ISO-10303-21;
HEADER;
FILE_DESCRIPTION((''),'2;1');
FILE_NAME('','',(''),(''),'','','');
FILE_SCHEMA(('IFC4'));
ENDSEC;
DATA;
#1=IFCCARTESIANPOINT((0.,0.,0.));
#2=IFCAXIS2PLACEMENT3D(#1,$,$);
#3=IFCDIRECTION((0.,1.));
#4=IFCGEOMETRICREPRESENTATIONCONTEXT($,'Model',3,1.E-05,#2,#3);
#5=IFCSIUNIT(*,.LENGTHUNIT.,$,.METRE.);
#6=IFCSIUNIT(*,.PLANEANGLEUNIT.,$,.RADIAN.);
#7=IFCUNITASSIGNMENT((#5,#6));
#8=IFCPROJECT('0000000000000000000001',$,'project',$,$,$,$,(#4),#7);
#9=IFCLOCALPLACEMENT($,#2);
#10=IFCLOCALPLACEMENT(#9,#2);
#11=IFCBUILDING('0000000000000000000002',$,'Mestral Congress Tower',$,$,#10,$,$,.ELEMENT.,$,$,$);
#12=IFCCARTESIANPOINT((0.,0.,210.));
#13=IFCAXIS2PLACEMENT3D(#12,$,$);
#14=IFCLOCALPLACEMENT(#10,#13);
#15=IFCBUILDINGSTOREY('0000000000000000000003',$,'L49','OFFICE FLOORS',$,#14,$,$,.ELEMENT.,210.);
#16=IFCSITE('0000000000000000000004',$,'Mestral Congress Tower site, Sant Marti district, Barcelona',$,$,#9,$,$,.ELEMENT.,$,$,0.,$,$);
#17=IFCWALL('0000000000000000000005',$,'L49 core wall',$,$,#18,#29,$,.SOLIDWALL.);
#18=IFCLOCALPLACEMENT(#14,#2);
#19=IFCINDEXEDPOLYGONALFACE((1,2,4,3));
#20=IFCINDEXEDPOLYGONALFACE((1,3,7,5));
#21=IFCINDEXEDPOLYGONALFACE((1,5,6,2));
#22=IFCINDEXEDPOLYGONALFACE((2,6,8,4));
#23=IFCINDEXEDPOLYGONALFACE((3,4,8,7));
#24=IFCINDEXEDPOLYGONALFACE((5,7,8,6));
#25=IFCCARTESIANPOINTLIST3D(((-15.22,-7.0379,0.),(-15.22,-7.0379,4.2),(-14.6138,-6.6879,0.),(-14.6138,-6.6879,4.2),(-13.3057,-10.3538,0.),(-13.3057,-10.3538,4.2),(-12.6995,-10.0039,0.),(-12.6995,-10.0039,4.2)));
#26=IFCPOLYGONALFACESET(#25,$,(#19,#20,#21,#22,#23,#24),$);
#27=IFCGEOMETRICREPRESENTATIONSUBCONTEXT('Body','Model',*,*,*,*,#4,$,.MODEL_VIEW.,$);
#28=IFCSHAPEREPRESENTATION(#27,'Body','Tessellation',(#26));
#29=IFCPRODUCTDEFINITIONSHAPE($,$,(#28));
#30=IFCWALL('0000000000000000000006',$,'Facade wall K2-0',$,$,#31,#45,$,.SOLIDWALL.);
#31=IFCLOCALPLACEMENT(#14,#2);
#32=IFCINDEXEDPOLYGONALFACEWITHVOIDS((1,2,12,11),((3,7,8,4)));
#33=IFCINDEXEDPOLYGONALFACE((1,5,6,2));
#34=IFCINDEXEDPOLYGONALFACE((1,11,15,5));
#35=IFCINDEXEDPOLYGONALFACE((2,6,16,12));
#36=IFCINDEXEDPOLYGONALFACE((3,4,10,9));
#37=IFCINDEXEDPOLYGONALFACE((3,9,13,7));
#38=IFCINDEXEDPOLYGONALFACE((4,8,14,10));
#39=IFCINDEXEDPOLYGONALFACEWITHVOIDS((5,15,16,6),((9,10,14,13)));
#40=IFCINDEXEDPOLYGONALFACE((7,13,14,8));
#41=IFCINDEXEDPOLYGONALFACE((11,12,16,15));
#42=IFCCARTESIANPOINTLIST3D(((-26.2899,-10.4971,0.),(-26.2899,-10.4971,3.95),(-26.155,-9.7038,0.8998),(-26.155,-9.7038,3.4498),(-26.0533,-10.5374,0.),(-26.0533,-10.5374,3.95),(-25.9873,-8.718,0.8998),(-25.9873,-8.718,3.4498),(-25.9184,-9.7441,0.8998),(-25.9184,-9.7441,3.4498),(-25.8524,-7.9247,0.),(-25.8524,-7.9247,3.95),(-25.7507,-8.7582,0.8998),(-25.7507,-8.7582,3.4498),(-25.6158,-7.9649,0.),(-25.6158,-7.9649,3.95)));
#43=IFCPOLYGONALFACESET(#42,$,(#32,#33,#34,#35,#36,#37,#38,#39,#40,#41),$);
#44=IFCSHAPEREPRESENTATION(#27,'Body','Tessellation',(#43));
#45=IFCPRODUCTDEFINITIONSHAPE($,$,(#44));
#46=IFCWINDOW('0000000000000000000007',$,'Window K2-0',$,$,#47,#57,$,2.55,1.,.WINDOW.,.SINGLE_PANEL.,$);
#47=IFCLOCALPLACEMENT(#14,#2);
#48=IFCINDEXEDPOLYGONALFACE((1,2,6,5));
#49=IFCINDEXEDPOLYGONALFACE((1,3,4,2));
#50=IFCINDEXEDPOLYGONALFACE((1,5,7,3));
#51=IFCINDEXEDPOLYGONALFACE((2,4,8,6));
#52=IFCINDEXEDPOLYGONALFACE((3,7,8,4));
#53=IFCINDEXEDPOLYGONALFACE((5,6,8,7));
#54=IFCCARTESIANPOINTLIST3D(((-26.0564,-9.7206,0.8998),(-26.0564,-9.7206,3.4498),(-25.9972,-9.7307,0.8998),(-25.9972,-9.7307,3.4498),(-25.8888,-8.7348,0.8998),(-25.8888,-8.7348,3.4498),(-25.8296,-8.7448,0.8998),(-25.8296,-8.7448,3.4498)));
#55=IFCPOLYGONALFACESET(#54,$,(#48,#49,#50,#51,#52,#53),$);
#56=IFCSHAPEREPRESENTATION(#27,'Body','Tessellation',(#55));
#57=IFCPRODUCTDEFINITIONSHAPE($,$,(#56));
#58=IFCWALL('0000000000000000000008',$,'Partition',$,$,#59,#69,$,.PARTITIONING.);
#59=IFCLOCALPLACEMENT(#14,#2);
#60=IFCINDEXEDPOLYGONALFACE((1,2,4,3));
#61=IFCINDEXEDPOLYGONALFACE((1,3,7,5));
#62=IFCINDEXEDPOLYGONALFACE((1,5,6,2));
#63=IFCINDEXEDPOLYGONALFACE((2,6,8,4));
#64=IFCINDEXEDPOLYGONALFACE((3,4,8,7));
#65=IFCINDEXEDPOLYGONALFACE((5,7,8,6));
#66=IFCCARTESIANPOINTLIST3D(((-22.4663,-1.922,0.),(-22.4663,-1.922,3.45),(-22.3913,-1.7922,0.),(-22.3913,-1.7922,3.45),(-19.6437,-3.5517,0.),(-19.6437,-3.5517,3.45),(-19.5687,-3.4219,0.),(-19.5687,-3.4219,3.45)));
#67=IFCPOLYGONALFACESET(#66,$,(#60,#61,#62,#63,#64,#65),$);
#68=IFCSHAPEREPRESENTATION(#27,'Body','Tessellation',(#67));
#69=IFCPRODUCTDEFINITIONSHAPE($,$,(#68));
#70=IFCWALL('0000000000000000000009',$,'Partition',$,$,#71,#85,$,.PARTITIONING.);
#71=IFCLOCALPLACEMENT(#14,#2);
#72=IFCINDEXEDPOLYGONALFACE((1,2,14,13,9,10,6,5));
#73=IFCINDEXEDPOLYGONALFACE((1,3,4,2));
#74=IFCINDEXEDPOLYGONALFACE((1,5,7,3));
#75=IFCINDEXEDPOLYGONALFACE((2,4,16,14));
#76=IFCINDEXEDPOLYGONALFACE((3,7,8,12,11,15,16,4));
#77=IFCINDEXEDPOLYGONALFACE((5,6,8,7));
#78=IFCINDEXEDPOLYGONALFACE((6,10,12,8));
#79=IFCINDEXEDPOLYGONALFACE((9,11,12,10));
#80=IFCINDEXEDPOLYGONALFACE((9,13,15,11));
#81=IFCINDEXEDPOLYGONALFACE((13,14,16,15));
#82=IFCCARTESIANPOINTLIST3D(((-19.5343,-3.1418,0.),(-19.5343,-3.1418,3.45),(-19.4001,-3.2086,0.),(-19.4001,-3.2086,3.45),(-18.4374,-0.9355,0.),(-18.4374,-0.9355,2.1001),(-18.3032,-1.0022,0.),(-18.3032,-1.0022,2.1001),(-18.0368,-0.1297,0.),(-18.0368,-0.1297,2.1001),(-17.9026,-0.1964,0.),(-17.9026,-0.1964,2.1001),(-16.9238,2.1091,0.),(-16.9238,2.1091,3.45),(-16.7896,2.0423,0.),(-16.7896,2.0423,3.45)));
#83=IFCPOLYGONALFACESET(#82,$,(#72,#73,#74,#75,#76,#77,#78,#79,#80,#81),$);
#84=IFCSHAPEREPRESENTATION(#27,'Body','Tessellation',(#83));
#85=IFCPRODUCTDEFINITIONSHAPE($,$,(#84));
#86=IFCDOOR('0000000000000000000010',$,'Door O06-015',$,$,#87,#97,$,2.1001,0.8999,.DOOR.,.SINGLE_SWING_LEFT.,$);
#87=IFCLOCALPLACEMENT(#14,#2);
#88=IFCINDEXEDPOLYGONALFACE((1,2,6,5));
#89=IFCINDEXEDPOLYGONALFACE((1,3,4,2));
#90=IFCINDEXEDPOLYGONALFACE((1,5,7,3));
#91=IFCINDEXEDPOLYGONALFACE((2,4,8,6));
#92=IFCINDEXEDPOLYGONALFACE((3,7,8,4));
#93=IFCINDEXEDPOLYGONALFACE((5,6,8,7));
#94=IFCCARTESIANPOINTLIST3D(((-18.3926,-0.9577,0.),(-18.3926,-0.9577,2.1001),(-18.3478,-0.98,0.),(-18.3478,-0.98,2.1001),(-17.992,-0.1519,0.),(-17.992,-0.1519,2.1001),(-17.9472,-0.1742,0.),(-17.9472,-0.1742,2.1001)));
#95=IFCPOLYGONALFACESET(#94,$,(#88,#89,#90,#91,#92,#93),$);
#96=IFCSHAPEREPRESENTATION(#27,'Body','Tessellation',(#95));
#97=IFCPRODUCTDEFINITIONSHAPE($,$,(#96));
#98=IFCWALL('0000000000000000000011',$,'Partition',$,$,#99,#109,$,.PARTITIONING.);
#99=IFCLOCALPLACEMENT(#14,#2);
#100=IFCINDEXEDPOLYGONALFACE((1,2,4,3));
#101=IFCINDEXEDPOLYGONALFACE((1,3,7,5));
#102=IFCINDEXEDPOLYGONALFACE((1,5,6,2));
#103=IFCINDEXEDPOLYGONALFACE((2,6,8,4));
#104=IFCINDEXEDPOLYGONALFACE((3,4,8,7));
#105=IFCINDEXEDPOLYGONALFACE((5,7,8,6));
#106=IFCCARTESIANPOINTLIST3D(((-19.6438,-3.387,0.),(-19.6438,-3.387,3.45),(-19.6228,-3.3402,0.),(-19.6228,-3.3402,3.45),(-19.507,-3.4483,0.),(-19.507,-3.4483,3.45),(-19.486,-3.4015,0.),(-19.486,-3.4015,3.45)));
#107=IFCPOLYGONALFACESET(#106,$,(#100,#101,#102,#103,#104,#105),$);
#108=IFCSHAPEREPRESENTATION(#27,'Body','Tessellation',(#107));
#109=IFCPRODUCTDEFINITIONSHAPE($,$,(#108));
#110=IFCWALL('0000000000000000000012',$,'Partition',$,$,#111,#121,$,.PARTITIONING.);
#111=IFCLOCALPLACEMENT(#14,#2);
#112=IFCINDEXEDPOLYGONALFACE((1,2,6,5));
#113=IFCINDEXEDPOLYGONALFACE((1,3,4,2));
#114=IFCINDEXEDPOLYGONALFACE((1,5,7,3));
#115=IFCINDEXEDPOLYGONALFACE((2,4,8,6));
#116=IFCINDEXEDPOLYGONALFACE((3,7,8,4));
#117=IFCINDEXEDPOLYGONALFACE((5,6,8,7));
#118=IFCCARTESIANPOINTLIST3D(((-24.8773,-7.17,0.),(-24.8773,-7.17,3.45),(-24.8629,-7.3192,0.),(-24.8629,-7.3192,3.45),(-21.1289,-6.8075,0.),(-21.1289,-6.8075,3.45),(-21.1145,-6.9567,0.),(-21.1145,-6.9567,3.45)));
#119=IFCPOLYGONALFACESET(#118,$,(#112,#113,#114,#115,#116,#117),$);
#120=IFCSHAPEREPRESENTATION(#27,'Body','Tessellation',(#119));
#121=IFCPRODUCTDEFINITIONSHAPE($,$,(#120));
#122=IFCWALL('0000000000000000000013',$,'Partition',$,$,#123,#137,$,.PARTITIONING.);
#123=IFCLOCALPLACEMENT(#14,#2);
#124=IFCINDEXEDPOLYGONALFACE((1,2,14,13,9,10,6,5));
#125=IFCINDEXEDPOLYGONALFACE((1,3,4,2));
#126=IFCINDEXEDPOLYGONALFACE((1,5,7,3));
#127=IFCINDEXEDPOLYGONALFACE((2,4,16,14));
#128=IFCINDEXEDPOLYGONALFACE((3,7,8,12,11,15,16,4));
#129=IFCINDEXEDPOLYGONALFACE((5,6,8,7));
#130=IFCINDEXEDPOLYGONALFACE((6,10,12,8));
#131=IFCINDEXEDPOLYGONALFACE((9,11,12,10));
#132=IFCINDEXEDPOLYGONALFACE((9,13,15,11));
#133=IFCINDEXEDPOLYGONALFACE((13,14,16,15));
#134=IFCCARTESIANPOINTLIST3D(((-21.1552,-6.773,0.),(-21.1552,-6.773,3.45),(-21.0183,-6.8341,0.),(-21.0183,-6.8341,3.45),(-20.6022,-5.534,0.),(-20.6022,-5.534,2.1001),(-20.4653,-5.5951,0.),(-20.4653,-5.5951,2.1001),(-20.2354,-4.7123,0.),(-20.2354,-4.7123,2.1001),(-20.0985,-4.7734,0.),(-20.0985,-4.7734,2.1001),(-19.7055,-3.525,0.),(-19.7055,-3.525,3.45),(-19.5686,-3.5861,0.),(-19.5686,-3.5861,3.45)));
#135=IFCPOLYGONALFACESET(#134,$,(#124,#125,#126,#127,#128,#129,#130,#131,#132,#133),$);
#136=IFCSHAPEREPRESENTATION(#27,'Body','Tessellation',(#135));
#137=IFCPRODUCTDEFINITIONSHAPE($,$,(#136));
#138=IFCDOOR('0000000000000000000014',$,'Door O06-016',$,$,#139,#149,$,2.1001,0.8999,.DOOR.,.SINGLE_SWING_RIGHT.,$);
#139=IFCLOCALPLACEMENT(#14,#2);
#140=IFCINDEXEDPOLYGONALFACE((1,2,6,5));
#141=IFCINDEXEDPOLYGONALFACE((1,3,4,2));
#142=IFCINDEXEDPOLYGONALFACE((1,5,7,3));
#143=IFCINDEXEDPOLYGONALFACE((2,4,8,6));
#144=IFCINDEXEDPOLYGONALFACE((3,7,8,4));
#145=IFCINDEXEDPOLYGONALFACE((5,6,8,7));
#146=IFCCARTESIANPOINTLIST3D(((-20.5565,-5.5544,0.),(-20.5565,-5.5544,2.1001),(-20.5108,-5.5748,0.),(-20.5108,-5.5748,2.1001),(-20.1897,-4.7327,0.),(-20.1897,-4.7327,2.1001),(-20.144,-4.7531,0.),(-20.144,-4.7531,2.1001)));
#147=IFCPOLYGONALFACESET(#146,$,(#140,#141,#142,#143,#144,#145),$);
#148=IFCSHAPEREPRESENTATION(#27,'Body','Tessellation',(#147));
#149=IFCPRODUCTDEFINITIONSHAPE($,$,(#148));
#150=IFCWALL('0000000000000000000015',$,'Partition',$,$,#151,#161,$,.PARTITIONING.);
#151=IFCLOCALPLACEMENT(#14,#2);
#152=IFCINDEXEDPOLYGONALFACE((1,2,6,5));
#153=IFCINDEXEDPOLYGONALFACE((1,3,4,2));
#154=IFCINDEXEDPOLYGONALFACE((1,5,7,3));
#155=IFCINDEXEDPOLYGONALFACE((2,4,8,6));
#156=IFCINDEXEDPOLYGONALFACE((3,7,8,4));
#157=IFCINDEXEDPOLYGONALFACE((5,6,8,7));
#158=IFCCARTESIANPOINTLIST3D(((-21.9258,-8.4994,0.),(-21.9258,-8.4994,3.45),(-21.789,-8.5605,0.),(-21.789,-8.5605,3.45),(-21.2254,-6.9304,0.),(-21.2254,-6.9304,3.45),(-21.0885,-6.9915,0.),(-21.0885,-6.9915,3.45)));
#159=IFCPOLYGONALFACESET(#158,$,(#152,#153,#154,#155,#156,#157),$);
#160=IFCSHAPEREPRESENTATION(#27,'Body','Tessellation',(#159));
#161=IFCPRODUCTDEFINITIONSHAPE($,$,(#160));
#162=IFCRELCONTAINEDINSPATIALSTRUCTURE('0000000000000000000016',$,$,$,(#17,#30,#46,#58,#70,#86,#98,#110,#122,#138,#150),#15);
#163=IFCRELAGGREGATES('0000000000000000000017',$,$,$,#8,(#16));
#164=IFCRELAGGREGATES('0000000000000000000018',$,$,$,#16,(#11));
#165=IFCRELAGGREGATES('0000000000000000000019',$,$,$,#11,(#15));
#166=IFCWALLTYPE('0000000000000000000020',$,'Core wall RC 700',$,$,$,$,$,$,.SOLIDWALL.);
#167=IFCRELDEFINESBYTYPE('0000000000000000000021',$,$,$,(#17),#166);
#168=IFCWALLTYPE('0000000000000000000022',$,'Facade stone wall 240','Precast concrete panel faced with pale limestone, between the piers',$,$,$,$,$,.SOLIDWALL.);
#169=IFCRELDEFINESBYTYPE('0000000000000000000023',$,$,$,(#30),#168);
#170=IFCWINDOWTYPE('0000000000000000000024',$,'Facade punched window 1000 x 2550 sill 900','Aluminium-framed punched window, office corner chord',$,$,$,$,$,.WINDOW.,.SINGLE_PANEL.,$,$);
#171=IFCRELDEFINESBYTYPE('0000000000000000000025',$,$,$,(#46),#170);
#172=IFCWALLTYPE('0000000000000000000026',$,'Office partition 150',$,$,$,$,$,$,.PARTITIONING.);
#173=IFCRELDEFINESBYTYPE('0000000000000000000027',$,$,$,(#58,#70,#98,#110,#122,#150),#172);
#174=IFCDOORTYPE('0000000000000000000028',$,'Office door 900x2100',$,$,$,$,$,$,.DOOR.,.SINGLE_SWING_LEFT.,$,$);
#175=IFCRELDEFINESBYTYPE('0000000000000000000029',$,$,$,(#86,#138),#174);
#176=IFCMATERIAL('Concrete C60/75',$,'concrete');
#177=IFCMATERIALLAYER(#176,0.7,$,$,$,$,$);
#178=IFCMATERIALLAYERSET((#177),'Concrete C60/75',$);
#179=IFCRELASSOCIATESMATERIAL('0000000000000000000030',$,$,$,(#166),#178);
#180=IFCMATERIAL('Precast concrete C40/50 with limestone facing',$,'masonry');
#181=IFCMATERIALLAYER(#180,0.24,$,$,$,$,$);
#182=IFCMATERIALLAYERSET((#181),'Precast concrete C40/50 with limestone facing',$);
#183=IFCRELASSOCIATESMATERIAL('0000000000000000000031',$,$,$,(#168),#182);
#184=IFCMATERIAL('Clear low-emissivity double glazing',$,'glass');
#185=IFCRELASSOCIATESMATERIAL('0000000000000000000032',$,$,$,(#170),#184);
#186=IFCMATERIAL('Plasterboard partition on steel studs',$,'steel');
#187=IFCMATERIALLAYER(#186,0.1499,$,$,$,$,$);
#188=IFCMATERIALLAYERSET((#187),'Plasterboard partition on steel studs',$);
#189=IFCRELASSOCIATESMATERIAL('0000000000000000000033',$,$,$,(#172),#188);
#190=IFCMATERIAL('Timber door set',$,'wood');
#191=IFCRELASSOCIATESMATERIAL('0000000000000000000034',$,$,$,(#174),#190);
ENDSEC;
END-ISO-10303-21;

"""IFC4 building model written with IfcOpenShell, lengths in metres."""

from ifc_helpers import new_model, si_unit, direction, frame, frame_2d, origin, place, context, subcontext, project, spatial, rectangle, extrude, material, layer, layer_set, type_object, element, fill, save


model = new_model("IFC4")

# Units and contexts
model_context = context("Model", 3, precision=1e-05, world=origin(), true_north=direction((0.0, 1.0)))
body_context = subcontext(model_context, "Body", "Model", "MODEL_VIEW")
ifc_project = project(units=[si_unit("LENGTHUNIT", "METRE"), si_unit("PLANEANGLEUNIT", "RADIAN")], contexts=[model_context])

# Site, building, storey
site_placement = place(None, origin())
site = spatial("IfcSite", under=ifc_project, at=site_placement, Name="Mestral Congress Tower site, Sant Marti district, Barcelona", CompositionType="ELEMENT", RefElevation=0.0)
building_placement = place(site_placement, origin())
building = spatial("IfcBuilding", under=site, at=building_placement, Name="Mestral Congress Tower", CompositionType="ELEMENT")
storey_placement = place(building_placement, frame((0.0, 0.0, 210.0)))
storey = spatial("IfcBuildingStorey", under=building, at=storey_placement, Name="L49", Description="OFFICE FLOORS", CompositionType="ELEMENT", Elevation=210.0)

# Shared definitions
ifc_material_1 = material(Name="Concrete C60/75", Category="concrete")

# Wall
ifc_layer_1 = layer(ifc_material_1, 0.7)
ifc_layer_set_1 = layer_set([ifc_layer_1], Name="Concrete C60/75")
wall_type_1 = type_object("IfcWallType", Name="Core wall RC 700", PredefinedType="SOLIDWALL", material=ifc_layer_set_1)
wall_1_placement = place(storey_placement, frame((-14.917, -6.8628, 0.0), z_axis=(0.0, 0.0, 1.0), x_axis=(0.499973, -0.866041, 0.0)))
element("IfcWall", 1, at=wall_1_placement, inside=storey, type_object=wall_type_1, Name="L49 core wall", PredefinedType="SOLIDWALL", context=body_context, shape_type="SweptSolid", body=[
    extrude(rectangle(XDim=3.8289, YDim=0.7, at=frame_2d((1.9146, 0.0))), origin(), (0.0, 0.0, 1.0), 4.2),
])

# Wall, opening, window
ifc_material_2 = material(Name="Precast concrete C40/50 with limestone facing", Category="masonry")
ifc_layer_2 = layer(ifc_material_2, 0.24)
ifc_layer_set_2 = layer_set([ifc_layer_2], Name="Precast concrete C40/50 with limestone facing")
wall_type_2 = type_object("IfcWallType", Name="Facade stone wall 240", Description="Precast concrete panel faced with pale limestone, between the piers", PredefinedType="SOLIDWALL", material=ifc_layer_set_2)
wall_2_placement = place(storey_placement, frame((-25.7341, -7.9448, 0.0), z_axis=(0.0, 0.0, 1.0), x_axis=(-0.16766, -0.985845, 0.0)))
wall_2 = element("IfcWall", 2, at=wall_2_placement, inside=storey, type_object=wall_type_2, Name="Facade wall K2-0", PredefinedType="SOLIDWALL", context=body_context, shape_type="SweptSolid", body=[
    extrude(rectangle(XDim=2.6094, YDim=0.24, at=frame_2d((1.3047, 0.0))), origin(), (0.0, 0.0, 1.0), 3.95),
])
opening_1_placement = place(wall_2_placement, frame((0.8047, 0.0, 0.8999)))
opening_1 = element("IfcOpeningElement", 3, at=opening_1_placement, cuts=wall_2, PredefinedType="OPENING", context=body_context, shape_type="SweptSolid", body=[
    extrude(rectangle(XDim=1.0, YDim=2.55, at=frame_2d((0.5, 1.2749))), frame((0.0, 0.1299, 0.0), z_axis=(0.0, -1.0, 0.0), x_axis=(1.0, 0.0, 0.0)), (0.0, 0.0, 1.0), 0.26),
])
ifc_material_3 = material(Name="Clear low-emissivity double glazing", Category="glass")
window_type = type_object("IfcWindowType", Name="Facade punched window 1000 x 2550 sill 900", Description="Aluminium-framed punched window, office corner chord", PartitioningType="SINGLE_PANEL", PredefinedType="WINDOW", material=ifc_material_3)
window_placement = place(opening_1_placement, origin())
window = element("IfcWindow", 4, at=window_placement, inside=storey, type_object=window_type, Name="Window K2-0", OverallHeight=2.55, OverallWidth=1.0, PartitioningType="SINGLE_PANEL", PredefinedType="WINDOW", context=body_context, shape_type="SweptSolid", body=[
    extrude(rectangle(XDim=1.0, YDim=2.55, at=frame_2d((0.5, 1.2749))), frame((0.0, 0.04, 0.0), z_axis=(0.0, -1.0, 0.0), x_axis=(1.0, 0.0, 0.0)), (0.0, 0.0, 1.0), 0.0601),
])
fill(opening_1, window)

# Wall
ifc_material_4 = material(Name="Plasterboard partition on steel studs", Category="steel")
ifc_layer_3 = layer(ifc_material_4, 0.1499)
ifc_layer_set_3 = layer_set([ifc_layer_3], Name="Plasterboard partition on steel studs")
wall_type_3 = type_object("IfcWallType", Name="Office partition 150", PredefinedType="PARTITIONING", material=ifc_layer_set_3)
wall_3_placement = place(storey_placement, frame((-19.6062, -3.4868, 0.0), z_axis=(0.0, 0.0, 1.0), x_axis=(-0.866017, 0.500014, 0.0)))
element("IfcWall", 5, at=wall_3_placement, inside=storey, type_object=wall_type_3, Name="Partition", PredefinedType="PARTITIONING", context=body_context, shape_type="SweptSolid", body=[
    extrude(rectangle(XDim=3.2593, YDim=0.1499, at=frame_2d((1.6296, 0.0))), origin(), (0.0, 0.0, 1.0), 3.45),
])

# Wall, opening, door
wall_4_placement = place(storey_placement, frame((-19.4673, -3.1753, 0.0), z_axis=(0.0, 0.0, 1.0), x_axis=(0.445181, 0.895441, 0.0)))
wall_4 = element("IfcWall", 6, at=wall_4_placement, inside=storey, type_object=wall_type_3, Name="Partition", PredefinedType="PARTITIONING", context=body_context, shape_type="SweptSolid", body=[
    extrude(rectangle(XDim=5.864, YDim=0.1499, at=frame_2d((2.9321, 0.0))), origin(), (0.0, 0.0, 1.0), 3.45),
])
opening_2_placement = place(wall_4_placement, frame((2.4641, 0.0, 0.0)))
opening_2 = element("IfcOpeningElement", 7, at=opening_2_placement, cuts=wall_4, PredefinedType="OPENING", context=body_context, shape_type="SweptSolid", body=[
    extrude(rectangle(XDim=0.8999, YDim=2.1001, at=frame_2d((0.45, 1.05))), frame((0.0, 0.085, 0.0), z_axis=(0.0, -1.0, 0.0), x_axis=(1.0, 0.0, 0.0)), (0.0, 0.0, 1.0), 0.1699),
])
ifc_material_5 = material(Name="Timber door set", Category="wood")
door_type_1 = type_object("IfcDoorType", Name="Office door 900x2100", OperationType="SINGLE_SWING_LEFT", PredefinedType="DOOR", material=ifc_material_5)
door_1_placement = place(opening_2_placement, origin())
door_1 = element("IfcDoor", 8, at=door_1_placement, inside=storey, type_object=door_type_1, Name="Door O06-015", OperationType="SINGLE_SWING_LEFT", OverallHeight=2.1001, OverallWidth=0.8999, PredefinedType="DOOR", context=body_context, shape_type="SweptSolid", body=[
    extrude(rectangle(XDim=0.8999, YDim=2.1001, at=frame_2d((0.45, 1.05))), frame((0.0, 0.0249, 0.0), z_axis=(0.0, -1.0, 0.0), x_axis=(1.0, 0.0, 0.0)), (0.0, 0.0, 1.0), 0.05),
])
fill(opening_2, door_1)

# Walls
wall_5_placement = place(storey_placement, frame((-19.5544, -3.3708, 0.0), z_axis=(0.0, 0.0, 1.0), x_axis=(-0.408783, -0.912632, 0.0)))
element("IfcWall", 9, at=wall_5_placement, inside=storey, type_object=wall_type_3, Name="Partition", PredefinedType="PARTITIONING", context=body_context, shape_type="SweptSolid", body=[
    extrude(rectangle(XDim=0.0513, YDim=0.1499, at=frame_2d((0.0256, 0.0))), origin(), (0.0, 0.0, 1.0), 3.45),
])
wall_6_placement = place(storey_placement, frame((-21.1218, -6.8821, 0.0), z_axis=(0.0, 0.0, 1.0), x_axis=(-0.995355, -0.096274, 0.0)))
element("IfcWall", 10, at=wall_6_placement, inside=storey, type_object=wall_type_3, Name="Partition", PredefinedType="PARTITIONING", context=body_context, shape_type="SweptSolid", body=[
    extrude(rectangle(XDim=3.7659, YDim=0.1499, at=frame_2d((1.8828, 0.0))), origin(), (0.0, 0.0, 1.0), 3.45),
])

# Wall, opening, door
wall_7_placement = place(storey_placement, frame((-21.0867, -6.8035, 0.0), z_axis=(0.0, 0.0, 1.0), x_axis=(0.407577, 0.913171, 0.0)))
wall_7 = element("IfcWall", 11, at=wall_7_placement, inside=storey, type_object=wall_type_3, Name="Partition", PredefinedType="PARTITIONING", context=body_context, shape_type="SweptSolid", body=[
    extrude(rectangle(XDim=3.5569, YDim=0.1499, at=frame_2d((1.7783, 0.0))), origin(), (0.0, 0.0, 1.0), 3.45),
])
opening_3_placement = place(wall_7_placement, frame((1.3567, 0.0, 0.0)))
opening_3 = element("IfcOpeningElement", 12, at=opening_3_placement, cuts=wall_7, PredefinedType="OPENING", context=body_context, shape_type="SweptSolid", body=[
    extrude(rectangle(XDim=0.8999, YDim=2.1001, at=frame_2d((0.45, 1.05))), frame((0.0, 0.085, 0.0), z_axis=(0.0, -1.0, 0.0), x_axis=(1.0, 0.0, 0.0)), (0.0, 0.0, 1.0), 0.1699),
])
door_2_placement = place(opening_3_placement, origin())
door_2 = element("IfcDoor", 13, at=door_2_placement, inside=storey, type_object=door_type_1, Name="Door O06-016", OperationType="SINGLE_SWING_RIGHT", OverallHeight=2.1001, OverallWidth=0.8999, PredefinedType="DOOR", context=body_context, shape_type="SweptSolid", body=[
    extrude(rectangle(XDim=0.8999, YDim=2.1001, at=frame_2d((0.45, 1.05))), frame((0.0, 0.0249, 0.0), z_axis=(0.0, -1.0, 0.0), x_axis=(1.0, 0.0, 0.0)), (0.0, 0.0, 1.0), 0.05),
])
fill(opening_3, door_2)

# Wall
wall_8_placement = place(storey_placement, frame((-21.157, -6.9609, 0.0), z_axis=(0.0, 0.0, 1.0), x_axis=(-0.407628, -0.913148, 0.0)))
element("IfcWall", 14, at=wall_8_placement, inside=storey, type_object=wall_type_3, Name="Partition", PredefinedType="PARTITIONING", context=body_context, shape_type="SweptSolid", body=[
    extrude(rectangle(XDim=1.7183, YDim=0.1499, at=frame_2d((0.8591, 0.0))), origin(), (0.0, 0.0, 1.0), 3.45),
])

save(model, "model.ifc")
